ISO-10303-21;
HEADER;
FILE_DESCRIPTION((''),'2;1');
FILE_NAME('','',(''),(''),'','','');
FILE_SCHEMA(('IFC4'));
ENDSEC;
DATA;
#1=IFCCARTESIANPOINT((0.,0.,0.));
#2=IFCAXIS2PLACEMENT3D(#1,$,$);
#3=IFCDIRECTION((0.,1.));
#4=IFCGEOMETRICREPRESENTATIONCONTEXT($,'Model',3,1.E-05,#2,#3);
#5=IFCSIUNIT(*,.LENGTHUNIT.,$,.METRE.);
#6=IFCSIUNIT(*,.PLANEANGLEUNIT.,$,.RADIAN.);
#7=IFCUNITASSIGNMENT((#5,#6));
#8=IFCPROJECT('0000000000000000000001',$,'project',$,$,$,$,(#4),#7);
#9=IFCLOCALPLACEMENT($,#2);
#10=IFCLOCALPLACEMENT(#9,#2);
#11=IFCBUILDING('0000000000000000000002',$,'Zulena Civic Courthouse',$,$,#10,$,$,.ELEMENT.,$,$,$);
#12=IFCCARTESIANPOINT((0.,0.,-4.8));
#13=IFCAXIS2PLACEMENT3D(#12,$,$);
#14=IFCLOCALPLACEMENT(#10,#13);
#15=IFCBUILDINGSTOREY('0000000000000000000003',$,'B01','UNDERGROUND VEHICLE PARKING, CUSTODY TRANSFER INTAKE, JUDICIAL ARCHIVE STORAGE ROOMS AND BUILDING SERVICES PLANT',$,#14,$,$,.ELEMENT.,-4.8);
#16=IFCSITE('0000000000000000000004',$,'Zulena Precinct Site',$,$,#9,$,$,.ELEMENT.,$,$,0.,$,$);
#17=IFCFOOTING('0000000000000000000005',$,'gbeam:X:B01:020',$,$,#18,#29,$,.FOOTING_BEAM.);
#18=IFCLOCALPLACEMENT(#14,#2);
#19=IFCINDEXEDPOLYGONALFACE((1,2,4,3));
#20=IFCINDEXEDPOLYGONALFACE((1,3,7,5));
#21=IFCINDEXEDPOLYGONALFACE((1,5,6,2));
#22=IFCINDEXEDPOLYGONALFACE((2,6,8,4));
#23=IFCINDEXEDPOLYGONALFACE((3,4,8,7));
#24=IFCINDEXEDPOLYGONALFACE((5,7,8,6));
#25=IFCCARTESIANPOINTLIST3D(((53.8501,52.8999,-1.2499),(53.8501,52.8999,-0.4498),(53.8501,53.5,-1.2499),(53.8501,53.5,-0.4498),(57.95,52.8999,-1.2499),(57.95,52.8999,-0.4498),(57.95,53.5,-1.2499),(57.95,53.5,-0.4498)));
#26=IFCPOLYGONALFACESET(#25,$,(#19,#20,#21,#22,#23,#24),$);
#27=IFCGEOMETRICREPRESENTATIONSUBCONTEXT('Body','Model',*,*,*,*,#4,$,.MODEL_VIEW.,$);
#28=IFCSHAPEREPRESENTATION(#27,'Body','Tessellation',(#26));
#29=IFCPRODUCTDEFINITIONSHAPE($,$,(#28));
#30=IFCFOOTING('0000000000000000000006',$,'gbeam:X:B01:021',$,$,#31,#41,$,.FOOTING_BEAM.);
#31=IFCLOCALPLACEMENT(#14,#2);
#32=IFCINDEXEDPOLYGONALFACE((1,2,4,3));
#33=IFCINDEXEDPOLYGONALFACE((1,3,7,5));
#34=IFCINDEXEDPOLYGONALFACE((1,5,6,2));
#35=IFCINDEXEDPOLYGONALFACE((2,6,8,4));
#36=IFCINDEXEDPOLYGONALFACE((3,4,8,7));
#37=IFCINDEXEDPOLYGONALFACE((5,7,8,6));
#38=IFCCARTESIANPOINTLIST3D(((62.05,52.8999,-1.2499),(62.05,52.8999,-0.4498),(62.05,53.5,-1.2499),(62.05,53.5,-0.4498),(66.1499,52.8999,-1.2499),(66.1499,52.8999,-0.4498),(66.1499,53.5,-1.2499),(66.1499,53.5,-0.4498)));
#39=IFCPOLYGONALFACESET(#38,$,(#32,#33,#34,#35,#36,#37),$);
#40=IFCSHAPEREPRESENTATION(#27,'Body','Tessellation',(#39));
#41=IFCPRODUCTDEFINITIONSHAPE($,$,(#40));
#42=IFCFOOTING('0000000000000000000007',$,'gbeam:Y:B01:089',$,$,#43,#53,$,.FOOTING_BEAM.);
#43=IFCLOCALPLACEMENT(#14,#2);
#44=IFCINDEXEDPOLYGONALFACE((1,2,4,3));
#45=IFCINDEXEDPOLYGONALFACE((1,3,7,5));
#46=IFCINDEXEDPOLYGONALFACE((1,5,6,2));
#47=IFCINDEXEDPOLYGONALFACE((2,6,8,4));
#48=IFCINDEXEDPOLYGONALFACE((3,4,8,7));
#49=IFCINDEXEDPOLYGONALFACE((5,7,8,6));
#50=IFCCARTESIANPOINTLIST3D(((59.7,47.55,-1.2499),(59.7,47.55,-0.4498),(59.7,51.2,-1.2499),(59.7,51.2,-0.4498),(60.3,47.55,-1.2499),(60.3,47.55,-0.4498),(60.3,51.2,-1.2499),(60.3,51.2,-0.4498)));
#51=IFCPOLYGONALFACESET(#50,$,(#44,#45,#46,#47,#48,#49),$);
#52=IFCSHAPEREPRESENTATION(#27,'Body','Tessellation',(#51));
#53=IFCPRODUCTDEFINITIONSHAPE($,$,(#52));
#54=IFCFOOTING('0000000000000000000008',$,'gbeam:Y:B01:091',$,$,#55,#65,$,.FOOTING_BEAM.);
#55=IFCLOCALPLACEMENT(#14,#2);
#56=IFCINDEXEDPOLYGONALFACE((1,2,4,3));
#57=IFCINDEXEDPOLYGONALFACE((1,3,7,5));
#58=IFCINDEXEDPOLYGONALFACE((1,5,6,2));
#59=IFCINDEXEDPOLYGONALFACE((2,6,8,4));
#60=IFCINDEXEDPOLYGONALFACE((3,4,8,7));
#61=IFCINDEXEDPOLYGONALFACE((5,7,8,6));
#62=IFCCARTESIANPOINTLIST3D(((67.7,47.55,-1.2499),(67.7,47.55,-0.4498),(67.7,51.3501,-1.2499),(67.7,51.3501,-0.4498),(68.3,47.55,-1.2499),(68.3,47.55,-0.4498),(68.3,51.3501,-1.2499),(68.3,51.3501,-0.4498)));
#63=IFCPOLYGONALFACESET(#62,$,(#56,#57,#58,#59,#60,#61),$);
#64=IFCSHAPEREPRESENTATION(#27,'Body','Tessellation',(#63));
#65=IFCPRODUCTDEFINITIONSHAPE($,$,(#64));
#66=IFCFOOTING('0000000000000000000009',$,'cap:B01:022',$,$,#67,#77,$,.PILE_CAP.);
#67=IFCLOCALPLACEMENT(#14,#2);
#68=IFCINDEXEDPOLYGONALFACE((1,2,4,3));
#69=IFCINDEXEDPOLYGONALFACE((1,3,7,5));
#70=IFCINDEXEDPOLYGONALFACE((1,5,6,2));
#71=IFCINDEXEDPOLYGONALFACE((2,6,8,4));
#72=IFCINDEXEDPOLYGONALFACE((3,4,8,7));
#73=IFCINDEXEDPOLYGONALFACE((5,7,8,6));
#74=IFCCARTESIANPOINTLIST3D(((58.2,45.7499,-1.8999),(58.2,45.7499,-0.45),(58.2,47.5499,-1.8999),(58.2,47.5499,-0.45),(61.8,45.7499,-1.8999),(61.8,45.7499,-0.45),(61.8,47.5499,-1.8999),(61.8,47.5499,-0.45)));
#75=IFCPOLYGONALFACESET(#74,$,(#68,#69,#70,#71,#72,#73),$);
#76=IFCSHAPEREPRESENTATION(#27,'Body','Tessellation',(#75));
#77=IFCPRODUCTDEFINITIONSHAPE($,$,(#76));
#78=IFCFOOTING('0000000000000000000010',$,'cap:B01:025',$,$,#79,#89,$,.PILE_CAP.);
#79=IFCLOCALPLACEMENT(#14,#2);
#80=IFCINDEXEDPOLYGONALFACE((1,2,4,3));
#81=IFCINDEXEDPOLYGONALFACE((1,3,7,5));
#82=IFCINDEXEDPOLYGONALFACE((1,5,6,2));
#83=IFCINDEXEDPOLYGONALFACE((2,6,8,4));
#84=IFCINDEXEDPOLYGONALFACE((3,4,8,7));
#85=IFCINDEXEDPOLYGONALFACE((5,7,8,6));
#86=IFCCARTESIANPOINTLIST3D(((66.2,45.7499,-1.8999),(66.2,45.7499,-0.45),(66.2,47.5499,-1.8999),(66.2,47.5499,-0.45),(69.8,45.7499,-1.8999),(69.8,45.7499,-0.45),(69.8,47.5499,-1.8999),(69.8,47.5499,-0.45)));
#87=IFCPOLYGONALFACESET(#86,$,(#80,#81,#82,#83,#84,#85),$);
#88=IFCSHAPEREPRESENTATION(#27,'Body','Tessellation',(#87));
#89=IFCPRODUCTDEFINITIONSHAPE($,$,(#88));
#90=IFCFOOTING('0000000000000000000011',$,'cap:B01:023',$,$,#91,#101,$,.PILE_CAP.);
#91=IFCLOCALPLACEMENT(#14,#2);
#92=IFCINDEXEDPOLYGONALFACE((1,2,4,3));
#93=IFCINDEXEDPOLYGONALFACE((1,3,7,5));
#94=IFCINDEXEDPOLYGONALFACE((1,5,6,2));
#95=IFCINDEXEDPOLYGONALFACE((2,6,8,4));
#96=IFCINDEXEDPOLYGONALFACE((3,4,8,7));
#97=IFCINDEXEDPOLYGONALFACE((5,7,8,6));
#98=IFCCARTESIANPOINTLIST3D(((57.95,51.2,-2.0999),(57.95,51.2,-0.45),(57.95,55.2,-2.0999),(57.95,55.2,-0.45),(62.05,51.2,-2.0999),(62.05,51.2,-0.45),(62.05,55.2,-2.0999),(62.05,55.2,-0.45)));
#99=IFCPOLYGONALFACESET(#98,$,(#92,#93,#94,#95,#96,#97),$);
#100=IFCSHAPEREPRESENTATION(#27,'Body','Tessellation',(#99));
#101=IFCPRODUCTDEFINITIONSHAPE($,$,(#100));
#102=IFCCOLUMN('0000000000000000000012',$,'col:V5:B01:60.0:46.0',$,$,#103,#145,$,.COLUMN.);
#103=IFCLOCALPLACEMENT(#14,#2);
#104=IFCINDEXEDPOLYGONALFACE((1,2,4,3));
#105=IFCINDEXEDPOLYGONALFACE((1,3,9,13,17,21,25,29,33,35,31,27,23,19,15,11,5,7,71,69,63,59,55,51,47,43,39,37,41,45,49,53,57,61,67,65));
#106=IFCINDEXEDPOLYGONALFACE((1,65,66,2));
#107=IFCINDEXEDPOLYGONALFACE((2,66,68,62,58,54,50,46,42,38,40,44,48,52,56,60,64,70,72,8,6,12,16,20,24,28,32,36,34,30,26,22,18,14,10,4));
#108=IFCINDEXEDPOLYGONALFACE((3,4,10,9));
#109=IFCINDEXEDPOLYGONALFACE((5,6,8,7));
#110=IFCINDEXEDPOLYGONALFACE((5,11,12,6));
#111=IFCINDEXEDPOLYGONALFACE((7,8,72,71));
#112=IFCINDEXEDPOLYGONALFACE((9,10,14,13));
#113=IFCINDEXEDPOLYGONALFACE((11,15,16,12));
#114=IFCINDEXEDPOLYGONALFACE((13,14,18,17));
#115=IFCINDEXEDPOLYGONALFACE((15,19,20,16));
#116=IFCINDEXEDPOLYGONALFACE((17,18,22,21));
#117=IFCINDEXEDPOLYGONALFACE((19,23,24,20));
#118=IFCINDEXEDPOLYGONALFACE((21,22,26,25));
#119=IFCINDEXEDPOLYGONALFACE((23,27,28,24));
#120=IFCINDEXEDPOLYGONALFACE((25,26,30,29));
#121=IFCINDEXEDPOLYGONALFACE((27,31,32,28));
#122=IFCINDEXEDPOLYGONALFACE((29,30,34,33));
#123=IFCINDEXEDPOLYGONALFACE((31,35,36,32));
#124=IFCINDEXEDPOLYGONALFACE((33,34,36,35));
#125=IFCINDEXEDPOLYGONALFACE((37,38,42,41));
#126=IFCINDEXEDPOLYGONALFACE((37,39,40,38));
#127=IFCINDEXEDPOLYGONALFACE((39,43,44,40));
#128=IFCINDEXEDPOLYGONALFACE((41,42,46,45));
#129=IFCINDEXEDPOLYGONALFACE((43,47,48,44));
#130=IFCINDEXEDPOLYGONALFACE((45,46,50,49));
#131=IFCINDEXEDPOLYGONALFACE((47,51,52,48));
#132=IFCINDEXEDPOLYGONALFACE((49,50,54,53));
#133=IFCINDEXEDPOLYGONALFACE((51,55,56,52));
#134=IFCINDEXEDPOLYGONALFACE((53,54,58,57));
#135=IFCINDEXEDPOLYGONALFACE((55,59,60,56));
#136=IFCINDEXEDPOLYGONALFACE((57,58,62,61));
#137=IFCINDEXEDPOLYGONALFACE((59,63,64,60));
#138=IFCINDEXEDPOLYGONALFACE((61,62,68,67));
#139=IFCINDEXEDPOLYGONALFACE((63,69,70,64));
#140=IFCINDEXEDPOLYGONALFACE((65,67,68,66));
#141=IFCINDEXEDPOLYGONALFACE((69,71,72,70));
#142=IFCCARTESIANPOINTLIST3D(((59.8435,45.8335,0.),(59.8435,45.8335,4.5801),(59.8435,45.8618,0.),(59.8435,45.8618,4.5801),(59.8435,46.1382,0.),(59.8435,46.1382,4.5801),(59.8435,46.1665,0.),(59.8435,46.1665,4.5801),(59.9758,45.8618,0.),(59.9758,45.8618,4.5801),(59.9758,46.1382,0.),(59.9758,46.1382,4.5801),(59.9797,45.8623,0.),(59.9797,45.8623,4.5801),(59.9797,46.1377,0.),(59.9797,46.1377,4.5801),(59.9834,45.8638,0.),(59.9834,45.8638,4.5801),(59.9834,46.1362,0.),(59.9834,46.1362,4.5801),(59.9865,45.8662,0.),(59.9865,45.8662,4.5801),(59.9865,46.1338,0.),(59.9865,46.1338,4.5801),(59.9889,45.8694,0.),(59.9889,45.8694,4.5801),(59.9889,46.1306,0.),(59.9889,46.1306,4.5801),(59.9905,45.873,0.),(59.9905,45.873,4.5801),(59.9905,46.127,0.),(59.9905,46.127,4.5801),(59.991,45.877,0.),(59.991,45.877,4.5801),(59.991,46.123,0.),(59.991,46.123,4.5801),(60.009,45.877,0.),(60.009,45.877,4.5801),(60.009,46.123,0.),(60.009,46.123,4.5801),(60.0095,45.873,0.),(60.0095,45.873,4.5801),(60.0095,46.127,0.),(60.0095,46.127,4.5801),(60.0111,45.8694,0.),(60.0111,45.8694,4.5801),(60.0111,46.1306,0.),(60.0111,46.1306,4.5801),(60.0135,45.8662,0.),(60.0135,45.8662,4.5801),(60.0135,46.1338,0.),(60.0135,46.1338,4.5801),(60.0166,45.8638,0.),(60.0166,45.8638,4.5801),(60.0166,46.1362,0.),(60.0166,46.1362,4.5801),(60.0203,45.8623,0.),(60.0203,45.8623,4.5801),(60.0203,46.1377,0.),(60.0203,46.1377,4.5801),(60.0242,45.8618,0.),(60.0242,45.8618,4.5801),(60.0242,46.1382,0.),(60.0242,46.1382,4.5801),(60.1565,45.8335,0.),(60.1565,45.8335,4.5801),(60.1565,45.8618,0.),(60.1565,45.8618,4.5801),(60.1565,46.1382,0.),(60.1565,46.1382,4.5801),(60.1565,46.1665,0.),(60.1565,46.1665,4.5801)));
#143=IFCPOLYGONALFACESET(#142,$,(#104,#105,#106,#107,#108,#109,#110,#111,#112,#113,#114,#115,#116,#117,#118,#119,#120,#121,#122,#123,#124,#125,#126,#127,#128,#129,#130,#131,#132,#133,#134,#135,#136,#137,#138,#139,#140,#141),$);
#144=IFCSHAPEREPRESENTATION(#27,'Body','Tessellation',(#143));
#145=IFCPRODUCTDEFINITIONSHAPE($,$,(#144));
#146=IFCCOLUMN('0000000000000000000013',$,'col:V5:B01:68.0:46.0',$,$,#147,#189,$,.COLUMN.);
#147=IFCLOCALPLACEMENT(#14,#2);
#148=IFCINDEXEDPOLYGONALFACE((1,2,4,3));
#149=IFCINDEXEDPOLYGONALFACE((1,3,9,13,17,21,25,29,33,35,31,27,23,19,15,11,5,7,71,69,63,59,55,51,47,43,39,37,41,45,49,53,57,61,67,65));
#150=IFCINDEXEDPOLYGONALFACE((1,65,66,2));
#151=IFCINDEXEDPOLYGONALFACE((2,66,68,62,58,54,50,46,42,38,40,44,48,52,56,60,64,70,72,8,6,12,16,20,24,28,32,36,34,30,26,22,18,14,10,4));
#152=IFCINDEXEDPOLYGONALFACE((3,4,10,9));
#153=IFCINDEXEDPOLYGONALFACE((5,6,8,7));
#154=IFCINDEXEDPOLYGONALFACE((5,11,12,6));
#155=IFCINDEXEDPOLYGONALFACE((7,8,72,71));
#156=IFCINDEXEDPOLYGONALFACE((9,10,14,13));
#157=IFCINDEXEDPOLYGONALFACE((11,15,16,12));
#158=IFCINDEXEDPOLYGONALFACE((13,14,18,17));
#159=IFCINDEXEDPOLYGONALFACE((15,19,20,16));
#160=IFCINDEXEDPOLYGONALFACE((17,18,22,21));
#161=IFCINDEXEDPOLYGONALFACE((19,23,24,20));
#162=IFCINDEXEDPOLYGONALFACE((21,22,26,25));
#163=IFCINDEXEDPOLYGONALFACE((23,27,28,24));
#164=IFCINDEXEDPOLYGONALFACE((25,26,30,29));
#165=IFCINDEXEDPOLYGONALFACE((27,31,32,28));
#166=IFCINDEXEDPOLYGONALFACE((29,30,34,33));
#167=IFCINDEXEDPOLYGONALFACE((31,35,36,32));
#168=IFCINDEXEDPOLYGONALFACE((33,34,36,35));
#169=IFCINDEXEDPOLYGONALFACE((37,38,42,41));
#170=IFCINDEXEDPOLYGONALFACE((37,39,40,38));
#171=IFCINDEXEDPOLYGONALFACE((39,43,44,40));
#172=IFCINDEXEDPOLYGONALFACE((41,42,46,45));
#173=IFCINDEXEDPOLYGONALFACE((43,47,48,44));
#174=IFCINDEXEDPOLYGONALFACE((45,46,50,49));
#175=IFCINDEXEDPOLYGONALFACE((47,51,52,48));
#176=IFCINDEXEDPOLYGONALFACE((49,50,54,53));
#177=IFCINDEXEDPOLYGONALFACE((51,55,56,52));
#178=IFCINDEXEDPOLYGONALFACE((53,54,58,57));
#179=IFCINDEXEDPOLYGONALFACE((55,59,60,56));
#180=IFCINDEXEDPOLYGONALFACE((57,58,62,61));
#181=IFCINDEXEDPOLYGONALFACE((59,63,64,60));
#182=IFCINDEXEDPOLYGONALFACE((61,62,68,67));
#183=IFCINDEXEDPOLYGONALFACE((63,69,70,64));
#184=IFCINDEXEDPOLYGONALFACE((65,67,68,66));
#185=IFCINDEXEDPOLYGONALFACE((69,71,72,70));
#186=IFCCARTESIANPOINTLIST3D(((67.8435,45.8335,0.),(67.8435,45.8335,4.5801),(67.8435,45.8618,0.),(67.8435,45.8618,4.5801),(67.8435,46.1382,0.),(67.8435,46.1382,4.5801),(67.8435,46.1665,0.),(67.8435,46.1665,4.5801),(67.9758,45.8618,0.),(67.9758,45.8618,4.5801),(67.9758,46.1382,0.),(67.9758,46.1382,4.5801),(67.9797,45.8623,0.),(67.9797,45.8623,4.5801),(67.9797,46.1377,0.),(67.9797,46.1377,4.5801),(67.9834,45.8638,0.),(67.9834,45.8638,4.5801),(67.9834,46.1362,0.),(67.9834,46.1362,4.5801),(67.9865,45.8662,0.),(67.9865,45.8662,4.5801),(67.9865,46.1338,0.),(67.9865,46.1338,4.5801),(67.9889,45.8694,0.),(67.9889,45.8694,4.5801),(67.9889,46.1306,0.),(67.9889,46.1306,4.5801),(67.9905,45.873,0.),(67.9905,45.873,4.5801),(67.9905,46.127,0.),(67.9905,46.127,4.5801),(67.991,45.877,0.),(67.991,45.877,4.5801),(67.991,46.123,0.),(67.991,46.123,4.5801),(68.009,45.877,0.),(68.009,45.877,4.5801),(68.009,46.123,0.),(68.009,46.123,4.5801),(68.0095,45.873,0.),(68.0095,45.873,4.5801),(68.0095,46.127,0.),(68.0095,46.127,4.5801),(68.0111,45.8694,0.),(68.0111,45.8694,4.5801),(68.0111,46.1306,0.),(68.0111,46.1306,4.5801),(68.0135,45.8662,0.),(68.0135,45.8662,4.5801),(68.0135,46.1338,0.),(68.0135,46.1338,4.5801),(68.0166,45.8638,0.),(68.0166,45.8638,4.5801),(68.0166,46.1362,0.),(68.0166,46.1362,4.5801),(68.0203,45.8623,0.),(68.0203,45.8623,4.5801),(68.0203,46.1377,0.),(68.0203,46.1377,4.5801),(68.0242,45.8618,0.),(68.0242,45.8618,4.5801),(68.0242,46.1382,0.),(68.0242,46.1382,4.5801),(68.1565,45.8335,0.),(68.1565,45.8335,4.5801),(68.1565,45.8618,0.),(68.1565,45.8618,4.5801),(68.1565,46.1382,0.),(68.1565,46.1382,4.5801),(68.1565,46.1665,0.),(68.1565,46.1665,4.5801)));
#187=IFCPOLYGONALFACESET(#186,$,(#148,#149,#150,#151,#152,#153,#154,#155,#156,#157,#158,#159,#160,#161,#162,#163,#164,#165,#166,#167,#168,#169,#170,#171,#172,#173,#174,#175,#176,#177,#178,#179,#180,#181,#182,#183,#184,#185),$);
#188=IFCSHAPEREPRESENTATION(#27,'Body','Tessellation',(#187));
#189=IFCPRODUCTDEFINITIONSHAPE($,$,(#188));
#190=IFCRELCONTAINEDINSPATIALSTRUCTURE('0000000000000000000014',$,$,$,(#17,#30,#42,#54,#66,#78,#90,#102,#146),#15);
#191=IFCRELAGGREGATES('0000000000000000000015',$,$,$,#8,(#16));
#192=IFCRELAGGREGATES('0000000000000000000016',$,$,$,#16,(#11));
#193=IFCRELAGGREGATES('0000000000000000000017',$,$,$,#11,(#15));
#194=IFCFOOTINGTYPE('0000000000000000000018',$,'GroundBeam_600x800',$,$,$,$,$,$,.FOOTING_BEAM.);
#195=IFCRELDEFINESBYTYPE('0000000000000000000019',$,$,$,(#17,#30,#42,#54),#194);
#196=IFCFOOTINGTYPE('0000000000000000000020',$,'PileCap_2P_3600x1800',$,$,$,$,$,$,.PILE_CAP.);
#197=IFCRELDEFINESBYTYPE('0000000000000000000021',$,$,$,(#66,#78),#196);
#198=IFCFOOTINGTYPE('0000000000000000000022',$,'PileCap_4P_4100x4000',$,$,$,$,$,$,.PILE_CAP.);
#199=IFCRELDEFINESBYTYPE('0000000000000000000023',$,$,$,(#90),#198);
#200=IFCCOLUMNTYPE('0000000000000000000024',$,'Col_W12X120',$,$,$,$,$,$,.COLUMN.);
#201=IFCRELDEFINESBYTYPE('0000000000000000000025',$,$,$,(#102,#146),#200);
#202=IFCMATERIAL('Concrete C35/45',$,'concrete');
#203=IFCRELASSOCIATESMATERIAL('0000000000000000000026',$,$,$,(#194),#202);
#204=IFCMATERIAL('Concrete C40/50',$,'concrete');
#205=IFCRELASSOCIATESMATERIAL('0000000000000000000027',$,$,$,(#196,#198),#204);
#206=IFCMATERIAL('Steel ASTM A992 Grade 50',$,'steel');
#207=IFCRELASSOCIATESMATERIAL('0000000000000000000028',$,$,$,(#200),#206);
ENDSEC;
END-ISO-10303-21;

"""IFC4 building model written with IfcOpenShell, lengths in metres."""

from ifc_helpers import new_model, si_unit, direction, frame, origin, origin_2d, place, context, subcontext, project, spatial, rectangle, i_section, extrude, material, material_profile, profile_set, type_object, element, save


model = new_model("IFC4")

# Units and contexts
model_context = context("Model", 3, precision=1e-05, world=origin(), true_north=direction((0.0, 1.0)))
body_context = subcontext(model_context, "Body", "Model", "MODEL_VIEW")
ifc_project = project(units=[si_unit("LENGTHUNIT", "METRE"), si_unit("PLANEANGLEUNIT", "RADIAN")], contexts=[model_context])

# Site, building, storey
site_placement = place(None, origin())
site = spatial("IfcSite", under=ifc_project, at=site_placement, Name="Zulena Precinct Site", CompositionType="ELEMENT", RefElevation=0.0)
building_placement = place(site_placement, origin())
building = spatial("IfcBuilding", under=site, at=building_placement, Name="Zulena Civic Courthouse", CompositionType="ELEMENT")
storey_placement = place(building_placement, frame((0.0, 0.0, -4.8)))
storey = spatial("IfcBuildingStorey", under=building, at=storey_placement, Name="B01", Description="UNDERGROUND VEHICLE PARKING, CUSTODY TRANSFER INTAKE, JUDICIAL ARCHIVE STORAGE ROOMS AND BUILDING SERVICES PLANT", CompositionType="ELEMENT", Elevation=-4.8)

# Shared definitions
ifc_material_1 = material(Name="Concrete C40/50", Category="concrete")

# Footings
ifc_material_2 = material(Name="Concrete C35/45", Category="concrete")
ifc_material_profile_1 = material_profile(ifc_material_2, rectangle(XDim=0.6001, YDim=0.8, at=origin_2d()), Name="RC600X800")
ifc_profile_set_1 = profile_set([ifc_material_profile_1], Name="Concrete C35/45")
footing_type_1 = type_object("IfcFootingType", Name="GroundBeam_600x800", PredefinedType="FOOTING_BEAM", material=ifc_profile_set_1)
for number, where, z_axis, x_axis, name in (
    (1, (53.8501, 53.2, -0.8499), (1.0, 0.0, 0.0), (0.0, 1.0, 0.0), "gbeam:X:B01:020"),
    (2, (62.05, 53.2, -0.8499), (1.0, 0.0, 0.0), (0.0, 1.0, 0.0), "gbeam:X:B01:021"),
):
    element("IfcFooting", number, at=place(storey_placement, frame(where, z_axis=z_axis, x_axis=x_axis)), inside=storey, type_object=footing_type_1, Name=name, PredefinedType="FOOTING_BEAM", context=body_context, shape_type="SweptSolid", body=[
        extrude(rectangle(XDim=0.6001, YDim=0.8, at=origin_2d()), origin(), (0.0, 0.0, 1.0), 4.0999),
    ])
footing_1_placement = place(storey_placement, frame((60.0, 47.55, -0.8499), z_axis=(0.0, 1.0, 0.0), x_axis=(-1.0, 0.0, 0.0)))
element("IfcFooting", 3, at=footing_1_placement, inside=storey, type_object=footing_type_1, Name="gbeam:Y:B01:089", PredefinedType="FOOTING_BEAM", context=body_context, shape_type="SweptSolid", body=[
    extrude(rectangle(XDim=0.6001, YDim=0.8, at=origin_2d()), origin(), (0.0, 0.0, 1.0), 3.6499),
])
footing_2_placement = place(storey_placement, frame((68.0, 47.55, -0.8499), z_axis=(0.0, 1.0, 0.0), x_axis=(-1.0, 0.0, 0.0)))
element("IfcFooting", 4, at=footing_2_placement, inside=storey, type_object=footing_type_1, Name="gbeam:Y:B01:091", PredefinedType="FOOTING_BEAM", context=body_context, shape_type="SweptSolid", body=[
    extrude(rectangle(XDim=0.6001, YDim=0.8, at=origin_2d()), origin(), (0.0, 0.0, 1.0), 3.8),
])
footing_type_2 = type_object("IfcFootingType", Name="PileCap_2P_3600x1800", PredefinedType="PILE_CAP", material=ifc_material_1)
for number, where, z_axis, x_axis, name in (
    (5, (60.0, 46.6499, -1.8999), (0.0, 0.0, 1.0), (1.0, 0.0, 0.0), "cap:B01:022"),
    (6, (68.0, 46.6499, -1.8999), (0.0, 0.0, 1.0), (1.0, 0.0, 0.0), "cap:B01:025"),
):
    element("IfcFooting", number, at=place(storey_placement, frame(where, z_axis=z_axis, x_axis=x_axis)), inside=storey, type_object=footing_type_2, Name=name, PredefinedType="PILE_CAP", context=body_context, shape_type="SweptSolid", body=[
        extrude(rectangle(XDim=3.6001, YDim=1.8, at=origin_2d()), origin(), (0.0, 0.0, 1.0), 1.45),
    ])
footing_type_3 = type_object("IfcFootingType", Name="PileCap_4P_4100x4000", PredefinedType="PILE_CAP", material=ifc_material_1)
footing_3_placement = place(storey_placement, frame((60.0, 53.2, -2.0999), z_axis=(0.0, 0.0, 1.0), x_axis=(1.0, 0.0, 0.0)))
element("IfcFooting", 7, at=footing_3_placement, inside=storey, type_object=footing_type_3, Name="cap:B01:023", PredefinedType="PILE_CAP", context=body_context, shape_type="SweptSolid", body=[
    extrude(rectangle(XDim=4.1001, YDim=4.0, at=origin_2d()), origin(), (0.0, 0.0, 1.0), 1.6499),
])

# Columns
ifc_material_3 = material(Name="Steel ASTM A992 Grade 50", Category="steel")
ifc_material_profile_2 = material_profile(ifc_material_3, i_section(OverallWidth=0.313, OverallDepth=0.333, WebThickness=0.0181, FlangeThickness=0.0283, FilletRadius=0.0151, at=origin_2d()), Name="W12X120")
ifc_profile_set_2 = profile_set([ifc_material_profile_2], Name="Steel ASTM A992 Grade 50")
column_type_1 = type_object("IfcColumnType", Name="Col_W12X120", PredefinedType="COLUMN", material=ifc_profile_set_2)
for number, where, z_axis, x_axis, name in (
    (8, (60.0, 46.0, 0.0), (0.0, 0.0, 1.0), (1.0, 0.0, 0.0), "col:V5:B01:60.0:46.0"),
    (9, (68.0, 46.0, 0.0), (0.0, 0.0, 1.0), (1.0, 0.0, 0.0), "col:V5:B01:68.0:46.0"),
):
    element("IfcColumn", number, at=place(storey_placement, frame(where, z_axis=z_axis, x_axis=x_axis)), inside=storey, type_object=column_type_1, Name=name, PredefinedType="COLUMN", context=body_context, shape_type="SweptSolid", body=[
        extrude(i_section(OverallWidth=0.313, OverallDepth=0.333, WebThickness=0.0181, FlangeThickness=0.0283, FilletRadius=0.0151, at=origin_2d()), origin(), (0.0, 0.0, 1.0), 4.5801),
    ])

save(model, "model.ifc")
